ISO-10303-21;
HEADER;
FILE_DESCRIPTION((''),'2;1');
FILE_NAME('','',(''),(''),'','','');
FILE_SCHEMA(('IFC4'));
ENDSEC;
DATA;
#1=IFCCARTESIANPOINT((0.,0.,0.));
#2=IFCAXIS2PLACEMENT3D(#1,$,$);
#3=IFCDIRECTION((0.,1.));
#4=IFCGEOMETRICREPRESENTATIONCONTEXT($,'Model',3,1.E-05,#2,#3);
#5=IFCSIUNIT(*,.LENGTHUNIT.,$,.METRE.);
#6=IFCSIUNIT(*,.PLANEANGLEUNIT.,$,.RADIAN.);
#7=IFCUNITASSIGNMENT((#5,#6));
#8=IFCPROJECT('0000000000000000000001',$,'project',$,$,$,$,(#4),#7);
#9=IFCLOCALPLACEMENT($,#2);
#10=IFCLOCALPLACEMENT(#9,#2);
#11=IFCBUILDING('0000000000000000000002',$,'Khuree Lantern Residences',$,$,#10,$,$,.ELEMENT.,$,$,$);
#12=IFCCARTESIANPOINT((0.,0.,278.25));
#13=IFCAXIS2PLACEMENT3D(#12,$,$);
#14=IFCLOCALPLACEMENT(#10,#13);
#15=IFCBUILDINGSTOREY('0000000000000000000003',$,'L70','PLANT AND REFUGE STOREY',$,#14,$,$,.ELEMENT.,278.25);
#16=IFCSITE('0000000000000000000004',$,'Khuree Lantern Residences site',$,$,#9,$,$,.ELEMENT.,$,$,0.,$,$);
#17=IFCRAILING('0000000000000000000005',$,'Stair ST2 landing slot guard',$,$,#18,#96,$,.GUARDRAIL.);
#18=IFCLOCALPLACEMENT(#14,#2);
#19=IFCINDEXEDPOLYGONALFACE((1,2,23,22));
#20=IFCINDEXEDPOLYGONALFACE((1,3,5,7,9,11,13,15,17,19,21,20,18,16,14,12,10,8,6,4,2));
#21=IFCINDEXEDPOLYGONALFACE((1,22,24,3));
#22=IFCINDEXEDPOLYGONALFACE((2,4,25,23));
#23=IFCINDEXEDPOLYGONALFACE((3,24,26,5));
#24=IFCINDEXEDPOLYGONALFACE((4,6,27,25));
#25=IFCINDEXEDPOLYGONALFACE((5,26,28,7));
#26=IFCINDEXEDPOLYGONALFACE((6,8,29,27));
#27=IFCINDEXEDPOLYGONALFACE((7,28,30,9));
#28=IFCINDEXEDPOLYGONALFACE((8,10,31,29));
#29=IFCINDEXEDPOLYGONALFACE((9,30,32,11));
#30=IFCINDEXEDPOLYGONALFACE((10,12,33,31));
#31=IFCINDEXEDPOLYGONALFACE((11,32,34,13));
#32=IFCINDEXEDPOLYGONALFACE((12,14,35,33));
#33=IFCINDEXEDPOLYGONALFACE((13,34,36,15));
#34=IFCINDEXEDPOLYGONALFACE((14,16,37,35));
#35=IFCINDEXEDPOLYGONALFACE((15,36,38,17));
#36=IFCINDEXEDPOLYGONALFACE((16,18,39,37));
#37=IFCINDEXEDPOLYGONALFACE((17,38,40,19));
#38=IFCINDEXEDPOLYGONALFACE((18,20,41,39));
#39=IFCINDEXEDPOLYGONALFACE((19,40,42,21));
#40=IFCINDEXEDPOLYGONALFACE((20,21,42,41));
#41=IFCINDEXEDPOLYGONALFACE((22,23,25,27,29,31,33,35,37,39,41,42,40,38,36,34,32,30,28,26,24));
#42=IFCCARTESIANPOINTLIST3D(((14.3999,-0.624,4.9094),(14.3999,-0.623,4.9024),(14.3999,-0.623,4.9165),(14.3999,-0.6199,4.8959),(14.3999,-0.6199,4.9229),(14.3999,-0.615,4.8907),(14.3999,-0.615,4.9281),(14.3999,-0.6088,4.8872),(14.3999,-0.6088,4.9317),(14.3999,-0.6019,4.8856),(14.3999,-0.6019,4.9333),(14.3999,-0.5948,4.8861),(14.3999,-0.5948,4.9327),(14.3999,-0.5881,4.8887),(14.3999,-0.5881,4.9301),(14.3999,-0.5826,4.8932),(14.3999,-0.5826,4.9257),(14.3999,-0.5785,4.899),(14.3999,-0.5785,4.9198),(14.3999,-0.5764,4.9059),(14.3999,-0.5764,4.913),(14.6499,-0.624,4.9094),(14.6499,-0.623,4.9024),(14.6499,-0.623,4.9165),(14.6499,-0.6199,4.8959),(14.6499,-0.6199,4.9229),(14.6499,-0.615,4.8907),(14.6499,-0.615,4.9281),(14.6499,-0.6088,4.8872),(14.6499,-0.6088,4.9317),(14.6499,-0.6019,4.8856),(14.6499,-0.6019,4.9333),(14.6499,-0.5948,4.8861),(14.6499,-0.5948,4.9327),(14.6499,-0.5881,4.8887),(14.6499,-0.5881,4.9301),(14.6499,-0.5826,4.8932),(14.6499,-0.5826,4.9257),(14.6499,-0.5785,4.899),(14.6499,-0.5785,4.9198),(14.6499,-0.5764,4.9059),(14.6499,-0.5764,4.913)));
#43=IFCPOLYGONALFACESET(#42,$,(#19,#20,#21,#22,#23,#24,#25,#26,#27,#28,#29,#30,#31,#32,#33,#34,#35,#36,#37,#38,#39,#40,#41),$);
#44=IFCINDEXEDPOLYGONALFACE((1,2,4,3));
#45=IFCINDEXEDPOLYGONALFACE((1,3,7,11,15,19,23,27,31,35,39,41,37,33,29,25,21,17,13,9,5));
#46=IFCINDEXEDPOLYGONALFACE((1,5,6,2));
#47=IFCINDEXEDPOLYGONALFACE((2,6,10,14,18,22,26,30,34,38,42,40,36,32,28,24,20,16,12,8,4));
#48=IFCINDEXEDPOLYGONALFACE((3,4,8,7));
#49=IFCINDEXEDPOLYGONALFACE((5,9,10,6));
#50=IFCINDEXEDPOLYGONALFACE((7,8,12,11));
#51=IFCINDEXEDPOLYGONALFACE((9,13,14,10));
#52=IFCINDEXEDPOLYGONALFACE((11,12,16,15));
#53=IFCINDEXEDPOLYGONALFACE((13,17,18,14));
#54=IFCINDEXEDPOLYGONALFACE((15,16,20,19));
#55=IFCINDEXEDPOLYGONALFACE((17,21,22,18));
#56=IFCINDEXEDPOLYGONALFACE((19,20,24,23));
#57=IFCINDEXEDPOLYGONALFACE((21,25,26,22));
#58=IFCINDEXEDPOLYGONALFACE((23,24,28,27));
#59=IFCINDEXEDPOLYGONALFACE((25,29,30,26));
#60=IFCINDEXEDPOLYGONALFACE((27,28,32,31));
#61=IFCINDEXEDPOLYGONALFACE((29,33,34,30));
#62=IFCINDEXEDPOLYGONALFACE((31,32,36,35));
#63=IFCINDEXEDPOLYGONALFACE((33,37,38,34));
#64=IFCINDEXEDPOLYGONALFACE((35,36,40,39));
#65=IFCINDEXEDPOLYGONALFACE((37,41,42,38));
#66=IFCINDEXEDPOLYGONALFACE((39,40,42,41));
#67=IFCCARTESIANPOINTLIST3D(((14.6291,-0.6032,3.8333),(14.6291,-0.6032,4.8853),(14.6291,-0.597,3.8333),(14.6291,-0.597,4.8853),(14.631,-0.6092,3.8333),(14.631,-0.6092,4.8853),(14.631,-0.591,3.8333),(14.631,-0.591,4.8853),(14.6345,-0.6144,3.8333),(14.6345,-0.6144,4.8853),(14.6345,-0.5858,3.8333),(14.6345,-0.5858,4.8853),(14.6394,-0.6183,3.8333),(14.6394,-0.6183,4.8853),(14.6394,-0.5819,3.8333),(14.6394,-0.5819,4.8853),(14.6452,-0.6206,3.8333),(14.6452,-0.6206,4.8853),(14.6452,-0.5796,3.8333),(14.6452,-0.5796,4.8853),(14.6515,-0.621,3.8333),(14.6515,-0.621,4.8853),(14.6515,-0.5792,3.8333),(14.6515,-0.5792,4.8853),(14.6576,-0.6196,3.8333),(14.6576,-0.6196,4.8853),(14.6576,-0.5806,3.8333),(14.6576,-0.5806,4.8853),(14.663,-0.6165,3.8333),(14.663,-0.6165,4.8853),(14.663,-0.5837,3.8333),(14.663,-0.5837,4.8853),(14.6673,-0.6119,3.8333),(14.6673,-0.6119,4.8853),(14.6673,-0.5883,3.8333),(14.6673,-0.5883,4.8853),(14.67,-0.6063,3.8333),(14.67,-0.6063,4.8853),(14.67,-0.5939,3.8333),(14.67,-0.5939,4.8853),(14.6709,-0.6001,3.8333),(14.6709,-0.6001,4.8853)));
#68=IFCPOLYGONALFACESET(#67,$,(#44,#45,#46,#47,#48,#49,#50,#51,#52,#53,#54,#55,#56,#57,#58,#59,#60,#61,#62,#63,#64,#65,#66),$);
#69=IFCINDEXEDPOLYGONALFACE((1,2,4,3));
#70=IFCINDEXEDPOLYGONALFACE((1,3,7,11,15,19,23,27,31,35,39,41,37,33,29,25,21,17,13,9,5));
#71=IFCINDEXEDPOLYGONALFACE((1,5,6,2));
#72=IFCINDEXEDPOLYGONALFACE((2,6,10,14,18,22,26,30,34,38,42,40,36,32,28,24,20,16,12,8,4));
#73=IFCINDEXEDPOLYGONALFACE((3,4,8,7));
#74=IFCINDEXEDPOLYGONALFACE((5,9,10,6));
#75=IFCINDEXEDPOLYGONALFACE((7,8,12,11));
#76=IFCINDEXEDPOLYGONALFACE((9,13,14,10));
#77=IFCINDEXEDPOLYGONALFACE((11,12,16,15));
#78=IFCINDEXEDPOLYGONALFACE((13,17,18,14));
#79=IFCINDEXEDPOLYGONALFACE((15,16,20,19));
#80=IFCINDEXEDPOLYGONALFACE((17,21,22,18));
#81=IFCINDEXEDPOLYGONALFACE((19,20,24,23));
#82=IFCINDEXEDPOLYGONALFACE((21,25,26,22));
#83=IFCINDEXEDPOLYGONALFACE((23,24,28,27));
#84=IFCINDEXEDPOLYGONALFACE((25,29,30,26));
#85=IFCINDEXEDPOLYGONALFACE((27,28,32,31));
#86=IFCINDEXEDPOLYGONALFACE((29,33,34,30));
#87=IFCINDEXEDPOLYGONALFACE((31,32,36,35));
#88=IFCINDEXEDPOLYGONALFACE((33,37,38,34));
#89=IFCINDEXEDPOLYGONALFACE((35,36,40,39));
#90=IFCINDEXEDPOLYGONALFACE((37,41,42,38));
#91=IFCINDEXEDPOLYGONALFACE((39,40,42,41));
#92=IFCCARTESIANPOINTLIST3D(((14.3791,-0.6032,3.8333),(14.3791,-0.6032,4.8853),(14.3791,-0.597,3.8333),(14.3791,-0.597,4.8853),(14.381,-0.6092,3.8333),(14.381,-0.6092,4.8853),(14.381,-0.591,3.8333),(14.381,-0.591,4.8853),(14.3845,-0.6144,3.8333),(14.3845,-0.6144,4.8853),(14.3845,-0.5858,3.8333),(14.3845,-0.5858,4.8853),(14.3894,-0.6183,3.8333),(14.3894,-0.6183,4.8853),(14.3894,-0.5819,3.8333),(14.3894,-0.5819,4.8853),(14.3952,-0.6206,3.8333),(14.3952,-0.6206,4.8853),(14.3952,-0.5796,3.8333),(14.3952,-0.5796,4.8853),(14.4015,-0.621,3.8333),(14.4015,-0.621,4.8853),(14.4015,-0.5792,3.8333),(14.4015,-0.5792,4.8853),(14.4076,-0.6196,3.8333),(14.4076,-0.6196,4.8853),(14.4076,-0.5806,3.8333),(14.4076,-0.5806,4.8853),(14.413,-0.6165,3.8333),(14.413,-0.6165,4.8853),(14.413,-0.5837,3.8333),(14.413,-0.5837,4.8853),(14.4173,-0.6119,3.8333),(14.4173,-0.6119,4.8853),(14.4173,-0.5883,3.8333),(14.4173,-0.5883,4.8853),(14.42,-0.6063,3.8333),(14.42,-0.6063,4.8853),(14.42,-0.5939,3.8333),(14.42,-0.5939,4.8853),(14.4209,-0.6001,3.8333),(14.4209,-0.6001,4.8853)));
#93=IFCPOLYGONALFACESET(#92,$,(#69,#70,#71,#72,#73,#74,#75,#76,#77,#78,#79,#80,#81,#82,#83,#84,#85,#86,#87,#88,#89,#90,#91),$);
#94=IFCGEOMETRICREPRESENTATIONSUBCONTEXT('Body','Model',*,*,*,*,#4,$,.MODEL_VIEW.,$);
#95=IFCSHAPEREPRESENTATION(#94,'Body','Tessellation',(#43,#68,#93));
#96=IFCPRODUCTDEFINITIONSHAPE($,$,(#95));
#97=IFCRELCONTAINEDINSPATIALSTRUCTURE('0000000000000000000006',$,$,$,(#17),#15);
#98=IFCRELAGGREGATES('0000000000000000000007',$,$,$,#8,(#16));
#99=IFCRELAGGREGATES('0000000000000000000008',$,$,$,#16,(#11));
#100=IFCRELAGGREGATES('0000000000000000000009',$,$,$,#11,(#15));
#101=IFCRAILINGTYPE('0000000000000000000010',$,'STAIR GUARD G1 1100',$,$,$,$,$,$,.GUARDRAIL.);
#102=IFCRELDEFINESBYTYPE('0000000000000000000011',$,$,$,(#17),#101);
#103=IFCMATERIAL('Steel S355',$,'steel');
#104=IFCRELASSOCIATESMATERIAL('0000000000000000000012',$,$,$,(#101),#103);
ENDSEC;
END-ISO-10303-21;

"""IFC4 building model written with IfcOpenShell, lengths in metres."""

from ifc_helpers import new_model, si_unit, direction, frame, origin, origin_2d, place, context, subcontext, project, spatial, circle, extrude, material, type_object, element, save


model = new_model("IFC4")

# Units and contexts
model_context = context("Model", 3, precision=1e-05, world=origin(), true_north=direction((0.0, 1.0)))
body_context = subcontext(model_context, "Body", "Model", "MODEL_VIEW")
ifc_project = project(units=[si_unit("LENGTHUNIT", "METRE"), si_unit("PLANEANGLEUNIT", "RADIAN")], contexts=[model_context])

# Site, building, storey
site_placement = place(None, origin())
site = spatial("IfcSite", under=ifc_project, at=site_placement, Name="Khuree Lantern Residences site", CompositionType="ELEMENT", RefElevation=0.0)
building_placement = place(site_placement, origin())
building = spatial("IfcBuilding", under=site, at=building_placement, Name="Khuree Lantern Residences", CompositionType="ELEMENT")
storey_placement = place(building_placement, frame((0.0, 0.0, 278.25)))
storey = spatial("IfcBuildingStorey", under=building, at=storey_placement, Name="L70", Description="PLANT AND REFUGE STOREY", CompositionType="ELEMENT", Elevation=278.25)

# Shared definitions
ifc_material_1 = material(Name="Steel S355", Category="steel")

# Railing
railing_type_1 = type_object("IfcRailingType", Name="STAIR GUARD G1 1100", PredefinedType="GUARDRAIL", material=ifc_material_1)
for number, where, name in (
    (1, (14.6499, -0.6001, 3.8333), "Stair ST2 landing slot guard"),
):
    element("IfcRailing", number, at=place(storey_placement, frame(where)), inside=storey, type_object=railing_type_1, Name=name, PredefinedType="GUARDRAIL", context=body_context, shape_type="SweptSolid", body=[
        extrude(circle(Radius=0.0239, at=origin_2d()), frame((0.0, 0.0, 1.0762), z_axis=(-1.0, 0.0, 0.0), x_axis=(0.0, -1.0, 0.0)), (0.0, 0.0, 1.0), 0.25),
        extrude(circle(Radius=0.021, at=origin_2d()), origin(), (0.0, 0.0, 1.0), 1.052),
        extrude(circle(Radius=0.021, at=origin_2d()), frame((-0.25, 0.0, 0.0)), (0.0, 0.0, 1.0), 1.052),
    ])

save(model, "model.ifc")
